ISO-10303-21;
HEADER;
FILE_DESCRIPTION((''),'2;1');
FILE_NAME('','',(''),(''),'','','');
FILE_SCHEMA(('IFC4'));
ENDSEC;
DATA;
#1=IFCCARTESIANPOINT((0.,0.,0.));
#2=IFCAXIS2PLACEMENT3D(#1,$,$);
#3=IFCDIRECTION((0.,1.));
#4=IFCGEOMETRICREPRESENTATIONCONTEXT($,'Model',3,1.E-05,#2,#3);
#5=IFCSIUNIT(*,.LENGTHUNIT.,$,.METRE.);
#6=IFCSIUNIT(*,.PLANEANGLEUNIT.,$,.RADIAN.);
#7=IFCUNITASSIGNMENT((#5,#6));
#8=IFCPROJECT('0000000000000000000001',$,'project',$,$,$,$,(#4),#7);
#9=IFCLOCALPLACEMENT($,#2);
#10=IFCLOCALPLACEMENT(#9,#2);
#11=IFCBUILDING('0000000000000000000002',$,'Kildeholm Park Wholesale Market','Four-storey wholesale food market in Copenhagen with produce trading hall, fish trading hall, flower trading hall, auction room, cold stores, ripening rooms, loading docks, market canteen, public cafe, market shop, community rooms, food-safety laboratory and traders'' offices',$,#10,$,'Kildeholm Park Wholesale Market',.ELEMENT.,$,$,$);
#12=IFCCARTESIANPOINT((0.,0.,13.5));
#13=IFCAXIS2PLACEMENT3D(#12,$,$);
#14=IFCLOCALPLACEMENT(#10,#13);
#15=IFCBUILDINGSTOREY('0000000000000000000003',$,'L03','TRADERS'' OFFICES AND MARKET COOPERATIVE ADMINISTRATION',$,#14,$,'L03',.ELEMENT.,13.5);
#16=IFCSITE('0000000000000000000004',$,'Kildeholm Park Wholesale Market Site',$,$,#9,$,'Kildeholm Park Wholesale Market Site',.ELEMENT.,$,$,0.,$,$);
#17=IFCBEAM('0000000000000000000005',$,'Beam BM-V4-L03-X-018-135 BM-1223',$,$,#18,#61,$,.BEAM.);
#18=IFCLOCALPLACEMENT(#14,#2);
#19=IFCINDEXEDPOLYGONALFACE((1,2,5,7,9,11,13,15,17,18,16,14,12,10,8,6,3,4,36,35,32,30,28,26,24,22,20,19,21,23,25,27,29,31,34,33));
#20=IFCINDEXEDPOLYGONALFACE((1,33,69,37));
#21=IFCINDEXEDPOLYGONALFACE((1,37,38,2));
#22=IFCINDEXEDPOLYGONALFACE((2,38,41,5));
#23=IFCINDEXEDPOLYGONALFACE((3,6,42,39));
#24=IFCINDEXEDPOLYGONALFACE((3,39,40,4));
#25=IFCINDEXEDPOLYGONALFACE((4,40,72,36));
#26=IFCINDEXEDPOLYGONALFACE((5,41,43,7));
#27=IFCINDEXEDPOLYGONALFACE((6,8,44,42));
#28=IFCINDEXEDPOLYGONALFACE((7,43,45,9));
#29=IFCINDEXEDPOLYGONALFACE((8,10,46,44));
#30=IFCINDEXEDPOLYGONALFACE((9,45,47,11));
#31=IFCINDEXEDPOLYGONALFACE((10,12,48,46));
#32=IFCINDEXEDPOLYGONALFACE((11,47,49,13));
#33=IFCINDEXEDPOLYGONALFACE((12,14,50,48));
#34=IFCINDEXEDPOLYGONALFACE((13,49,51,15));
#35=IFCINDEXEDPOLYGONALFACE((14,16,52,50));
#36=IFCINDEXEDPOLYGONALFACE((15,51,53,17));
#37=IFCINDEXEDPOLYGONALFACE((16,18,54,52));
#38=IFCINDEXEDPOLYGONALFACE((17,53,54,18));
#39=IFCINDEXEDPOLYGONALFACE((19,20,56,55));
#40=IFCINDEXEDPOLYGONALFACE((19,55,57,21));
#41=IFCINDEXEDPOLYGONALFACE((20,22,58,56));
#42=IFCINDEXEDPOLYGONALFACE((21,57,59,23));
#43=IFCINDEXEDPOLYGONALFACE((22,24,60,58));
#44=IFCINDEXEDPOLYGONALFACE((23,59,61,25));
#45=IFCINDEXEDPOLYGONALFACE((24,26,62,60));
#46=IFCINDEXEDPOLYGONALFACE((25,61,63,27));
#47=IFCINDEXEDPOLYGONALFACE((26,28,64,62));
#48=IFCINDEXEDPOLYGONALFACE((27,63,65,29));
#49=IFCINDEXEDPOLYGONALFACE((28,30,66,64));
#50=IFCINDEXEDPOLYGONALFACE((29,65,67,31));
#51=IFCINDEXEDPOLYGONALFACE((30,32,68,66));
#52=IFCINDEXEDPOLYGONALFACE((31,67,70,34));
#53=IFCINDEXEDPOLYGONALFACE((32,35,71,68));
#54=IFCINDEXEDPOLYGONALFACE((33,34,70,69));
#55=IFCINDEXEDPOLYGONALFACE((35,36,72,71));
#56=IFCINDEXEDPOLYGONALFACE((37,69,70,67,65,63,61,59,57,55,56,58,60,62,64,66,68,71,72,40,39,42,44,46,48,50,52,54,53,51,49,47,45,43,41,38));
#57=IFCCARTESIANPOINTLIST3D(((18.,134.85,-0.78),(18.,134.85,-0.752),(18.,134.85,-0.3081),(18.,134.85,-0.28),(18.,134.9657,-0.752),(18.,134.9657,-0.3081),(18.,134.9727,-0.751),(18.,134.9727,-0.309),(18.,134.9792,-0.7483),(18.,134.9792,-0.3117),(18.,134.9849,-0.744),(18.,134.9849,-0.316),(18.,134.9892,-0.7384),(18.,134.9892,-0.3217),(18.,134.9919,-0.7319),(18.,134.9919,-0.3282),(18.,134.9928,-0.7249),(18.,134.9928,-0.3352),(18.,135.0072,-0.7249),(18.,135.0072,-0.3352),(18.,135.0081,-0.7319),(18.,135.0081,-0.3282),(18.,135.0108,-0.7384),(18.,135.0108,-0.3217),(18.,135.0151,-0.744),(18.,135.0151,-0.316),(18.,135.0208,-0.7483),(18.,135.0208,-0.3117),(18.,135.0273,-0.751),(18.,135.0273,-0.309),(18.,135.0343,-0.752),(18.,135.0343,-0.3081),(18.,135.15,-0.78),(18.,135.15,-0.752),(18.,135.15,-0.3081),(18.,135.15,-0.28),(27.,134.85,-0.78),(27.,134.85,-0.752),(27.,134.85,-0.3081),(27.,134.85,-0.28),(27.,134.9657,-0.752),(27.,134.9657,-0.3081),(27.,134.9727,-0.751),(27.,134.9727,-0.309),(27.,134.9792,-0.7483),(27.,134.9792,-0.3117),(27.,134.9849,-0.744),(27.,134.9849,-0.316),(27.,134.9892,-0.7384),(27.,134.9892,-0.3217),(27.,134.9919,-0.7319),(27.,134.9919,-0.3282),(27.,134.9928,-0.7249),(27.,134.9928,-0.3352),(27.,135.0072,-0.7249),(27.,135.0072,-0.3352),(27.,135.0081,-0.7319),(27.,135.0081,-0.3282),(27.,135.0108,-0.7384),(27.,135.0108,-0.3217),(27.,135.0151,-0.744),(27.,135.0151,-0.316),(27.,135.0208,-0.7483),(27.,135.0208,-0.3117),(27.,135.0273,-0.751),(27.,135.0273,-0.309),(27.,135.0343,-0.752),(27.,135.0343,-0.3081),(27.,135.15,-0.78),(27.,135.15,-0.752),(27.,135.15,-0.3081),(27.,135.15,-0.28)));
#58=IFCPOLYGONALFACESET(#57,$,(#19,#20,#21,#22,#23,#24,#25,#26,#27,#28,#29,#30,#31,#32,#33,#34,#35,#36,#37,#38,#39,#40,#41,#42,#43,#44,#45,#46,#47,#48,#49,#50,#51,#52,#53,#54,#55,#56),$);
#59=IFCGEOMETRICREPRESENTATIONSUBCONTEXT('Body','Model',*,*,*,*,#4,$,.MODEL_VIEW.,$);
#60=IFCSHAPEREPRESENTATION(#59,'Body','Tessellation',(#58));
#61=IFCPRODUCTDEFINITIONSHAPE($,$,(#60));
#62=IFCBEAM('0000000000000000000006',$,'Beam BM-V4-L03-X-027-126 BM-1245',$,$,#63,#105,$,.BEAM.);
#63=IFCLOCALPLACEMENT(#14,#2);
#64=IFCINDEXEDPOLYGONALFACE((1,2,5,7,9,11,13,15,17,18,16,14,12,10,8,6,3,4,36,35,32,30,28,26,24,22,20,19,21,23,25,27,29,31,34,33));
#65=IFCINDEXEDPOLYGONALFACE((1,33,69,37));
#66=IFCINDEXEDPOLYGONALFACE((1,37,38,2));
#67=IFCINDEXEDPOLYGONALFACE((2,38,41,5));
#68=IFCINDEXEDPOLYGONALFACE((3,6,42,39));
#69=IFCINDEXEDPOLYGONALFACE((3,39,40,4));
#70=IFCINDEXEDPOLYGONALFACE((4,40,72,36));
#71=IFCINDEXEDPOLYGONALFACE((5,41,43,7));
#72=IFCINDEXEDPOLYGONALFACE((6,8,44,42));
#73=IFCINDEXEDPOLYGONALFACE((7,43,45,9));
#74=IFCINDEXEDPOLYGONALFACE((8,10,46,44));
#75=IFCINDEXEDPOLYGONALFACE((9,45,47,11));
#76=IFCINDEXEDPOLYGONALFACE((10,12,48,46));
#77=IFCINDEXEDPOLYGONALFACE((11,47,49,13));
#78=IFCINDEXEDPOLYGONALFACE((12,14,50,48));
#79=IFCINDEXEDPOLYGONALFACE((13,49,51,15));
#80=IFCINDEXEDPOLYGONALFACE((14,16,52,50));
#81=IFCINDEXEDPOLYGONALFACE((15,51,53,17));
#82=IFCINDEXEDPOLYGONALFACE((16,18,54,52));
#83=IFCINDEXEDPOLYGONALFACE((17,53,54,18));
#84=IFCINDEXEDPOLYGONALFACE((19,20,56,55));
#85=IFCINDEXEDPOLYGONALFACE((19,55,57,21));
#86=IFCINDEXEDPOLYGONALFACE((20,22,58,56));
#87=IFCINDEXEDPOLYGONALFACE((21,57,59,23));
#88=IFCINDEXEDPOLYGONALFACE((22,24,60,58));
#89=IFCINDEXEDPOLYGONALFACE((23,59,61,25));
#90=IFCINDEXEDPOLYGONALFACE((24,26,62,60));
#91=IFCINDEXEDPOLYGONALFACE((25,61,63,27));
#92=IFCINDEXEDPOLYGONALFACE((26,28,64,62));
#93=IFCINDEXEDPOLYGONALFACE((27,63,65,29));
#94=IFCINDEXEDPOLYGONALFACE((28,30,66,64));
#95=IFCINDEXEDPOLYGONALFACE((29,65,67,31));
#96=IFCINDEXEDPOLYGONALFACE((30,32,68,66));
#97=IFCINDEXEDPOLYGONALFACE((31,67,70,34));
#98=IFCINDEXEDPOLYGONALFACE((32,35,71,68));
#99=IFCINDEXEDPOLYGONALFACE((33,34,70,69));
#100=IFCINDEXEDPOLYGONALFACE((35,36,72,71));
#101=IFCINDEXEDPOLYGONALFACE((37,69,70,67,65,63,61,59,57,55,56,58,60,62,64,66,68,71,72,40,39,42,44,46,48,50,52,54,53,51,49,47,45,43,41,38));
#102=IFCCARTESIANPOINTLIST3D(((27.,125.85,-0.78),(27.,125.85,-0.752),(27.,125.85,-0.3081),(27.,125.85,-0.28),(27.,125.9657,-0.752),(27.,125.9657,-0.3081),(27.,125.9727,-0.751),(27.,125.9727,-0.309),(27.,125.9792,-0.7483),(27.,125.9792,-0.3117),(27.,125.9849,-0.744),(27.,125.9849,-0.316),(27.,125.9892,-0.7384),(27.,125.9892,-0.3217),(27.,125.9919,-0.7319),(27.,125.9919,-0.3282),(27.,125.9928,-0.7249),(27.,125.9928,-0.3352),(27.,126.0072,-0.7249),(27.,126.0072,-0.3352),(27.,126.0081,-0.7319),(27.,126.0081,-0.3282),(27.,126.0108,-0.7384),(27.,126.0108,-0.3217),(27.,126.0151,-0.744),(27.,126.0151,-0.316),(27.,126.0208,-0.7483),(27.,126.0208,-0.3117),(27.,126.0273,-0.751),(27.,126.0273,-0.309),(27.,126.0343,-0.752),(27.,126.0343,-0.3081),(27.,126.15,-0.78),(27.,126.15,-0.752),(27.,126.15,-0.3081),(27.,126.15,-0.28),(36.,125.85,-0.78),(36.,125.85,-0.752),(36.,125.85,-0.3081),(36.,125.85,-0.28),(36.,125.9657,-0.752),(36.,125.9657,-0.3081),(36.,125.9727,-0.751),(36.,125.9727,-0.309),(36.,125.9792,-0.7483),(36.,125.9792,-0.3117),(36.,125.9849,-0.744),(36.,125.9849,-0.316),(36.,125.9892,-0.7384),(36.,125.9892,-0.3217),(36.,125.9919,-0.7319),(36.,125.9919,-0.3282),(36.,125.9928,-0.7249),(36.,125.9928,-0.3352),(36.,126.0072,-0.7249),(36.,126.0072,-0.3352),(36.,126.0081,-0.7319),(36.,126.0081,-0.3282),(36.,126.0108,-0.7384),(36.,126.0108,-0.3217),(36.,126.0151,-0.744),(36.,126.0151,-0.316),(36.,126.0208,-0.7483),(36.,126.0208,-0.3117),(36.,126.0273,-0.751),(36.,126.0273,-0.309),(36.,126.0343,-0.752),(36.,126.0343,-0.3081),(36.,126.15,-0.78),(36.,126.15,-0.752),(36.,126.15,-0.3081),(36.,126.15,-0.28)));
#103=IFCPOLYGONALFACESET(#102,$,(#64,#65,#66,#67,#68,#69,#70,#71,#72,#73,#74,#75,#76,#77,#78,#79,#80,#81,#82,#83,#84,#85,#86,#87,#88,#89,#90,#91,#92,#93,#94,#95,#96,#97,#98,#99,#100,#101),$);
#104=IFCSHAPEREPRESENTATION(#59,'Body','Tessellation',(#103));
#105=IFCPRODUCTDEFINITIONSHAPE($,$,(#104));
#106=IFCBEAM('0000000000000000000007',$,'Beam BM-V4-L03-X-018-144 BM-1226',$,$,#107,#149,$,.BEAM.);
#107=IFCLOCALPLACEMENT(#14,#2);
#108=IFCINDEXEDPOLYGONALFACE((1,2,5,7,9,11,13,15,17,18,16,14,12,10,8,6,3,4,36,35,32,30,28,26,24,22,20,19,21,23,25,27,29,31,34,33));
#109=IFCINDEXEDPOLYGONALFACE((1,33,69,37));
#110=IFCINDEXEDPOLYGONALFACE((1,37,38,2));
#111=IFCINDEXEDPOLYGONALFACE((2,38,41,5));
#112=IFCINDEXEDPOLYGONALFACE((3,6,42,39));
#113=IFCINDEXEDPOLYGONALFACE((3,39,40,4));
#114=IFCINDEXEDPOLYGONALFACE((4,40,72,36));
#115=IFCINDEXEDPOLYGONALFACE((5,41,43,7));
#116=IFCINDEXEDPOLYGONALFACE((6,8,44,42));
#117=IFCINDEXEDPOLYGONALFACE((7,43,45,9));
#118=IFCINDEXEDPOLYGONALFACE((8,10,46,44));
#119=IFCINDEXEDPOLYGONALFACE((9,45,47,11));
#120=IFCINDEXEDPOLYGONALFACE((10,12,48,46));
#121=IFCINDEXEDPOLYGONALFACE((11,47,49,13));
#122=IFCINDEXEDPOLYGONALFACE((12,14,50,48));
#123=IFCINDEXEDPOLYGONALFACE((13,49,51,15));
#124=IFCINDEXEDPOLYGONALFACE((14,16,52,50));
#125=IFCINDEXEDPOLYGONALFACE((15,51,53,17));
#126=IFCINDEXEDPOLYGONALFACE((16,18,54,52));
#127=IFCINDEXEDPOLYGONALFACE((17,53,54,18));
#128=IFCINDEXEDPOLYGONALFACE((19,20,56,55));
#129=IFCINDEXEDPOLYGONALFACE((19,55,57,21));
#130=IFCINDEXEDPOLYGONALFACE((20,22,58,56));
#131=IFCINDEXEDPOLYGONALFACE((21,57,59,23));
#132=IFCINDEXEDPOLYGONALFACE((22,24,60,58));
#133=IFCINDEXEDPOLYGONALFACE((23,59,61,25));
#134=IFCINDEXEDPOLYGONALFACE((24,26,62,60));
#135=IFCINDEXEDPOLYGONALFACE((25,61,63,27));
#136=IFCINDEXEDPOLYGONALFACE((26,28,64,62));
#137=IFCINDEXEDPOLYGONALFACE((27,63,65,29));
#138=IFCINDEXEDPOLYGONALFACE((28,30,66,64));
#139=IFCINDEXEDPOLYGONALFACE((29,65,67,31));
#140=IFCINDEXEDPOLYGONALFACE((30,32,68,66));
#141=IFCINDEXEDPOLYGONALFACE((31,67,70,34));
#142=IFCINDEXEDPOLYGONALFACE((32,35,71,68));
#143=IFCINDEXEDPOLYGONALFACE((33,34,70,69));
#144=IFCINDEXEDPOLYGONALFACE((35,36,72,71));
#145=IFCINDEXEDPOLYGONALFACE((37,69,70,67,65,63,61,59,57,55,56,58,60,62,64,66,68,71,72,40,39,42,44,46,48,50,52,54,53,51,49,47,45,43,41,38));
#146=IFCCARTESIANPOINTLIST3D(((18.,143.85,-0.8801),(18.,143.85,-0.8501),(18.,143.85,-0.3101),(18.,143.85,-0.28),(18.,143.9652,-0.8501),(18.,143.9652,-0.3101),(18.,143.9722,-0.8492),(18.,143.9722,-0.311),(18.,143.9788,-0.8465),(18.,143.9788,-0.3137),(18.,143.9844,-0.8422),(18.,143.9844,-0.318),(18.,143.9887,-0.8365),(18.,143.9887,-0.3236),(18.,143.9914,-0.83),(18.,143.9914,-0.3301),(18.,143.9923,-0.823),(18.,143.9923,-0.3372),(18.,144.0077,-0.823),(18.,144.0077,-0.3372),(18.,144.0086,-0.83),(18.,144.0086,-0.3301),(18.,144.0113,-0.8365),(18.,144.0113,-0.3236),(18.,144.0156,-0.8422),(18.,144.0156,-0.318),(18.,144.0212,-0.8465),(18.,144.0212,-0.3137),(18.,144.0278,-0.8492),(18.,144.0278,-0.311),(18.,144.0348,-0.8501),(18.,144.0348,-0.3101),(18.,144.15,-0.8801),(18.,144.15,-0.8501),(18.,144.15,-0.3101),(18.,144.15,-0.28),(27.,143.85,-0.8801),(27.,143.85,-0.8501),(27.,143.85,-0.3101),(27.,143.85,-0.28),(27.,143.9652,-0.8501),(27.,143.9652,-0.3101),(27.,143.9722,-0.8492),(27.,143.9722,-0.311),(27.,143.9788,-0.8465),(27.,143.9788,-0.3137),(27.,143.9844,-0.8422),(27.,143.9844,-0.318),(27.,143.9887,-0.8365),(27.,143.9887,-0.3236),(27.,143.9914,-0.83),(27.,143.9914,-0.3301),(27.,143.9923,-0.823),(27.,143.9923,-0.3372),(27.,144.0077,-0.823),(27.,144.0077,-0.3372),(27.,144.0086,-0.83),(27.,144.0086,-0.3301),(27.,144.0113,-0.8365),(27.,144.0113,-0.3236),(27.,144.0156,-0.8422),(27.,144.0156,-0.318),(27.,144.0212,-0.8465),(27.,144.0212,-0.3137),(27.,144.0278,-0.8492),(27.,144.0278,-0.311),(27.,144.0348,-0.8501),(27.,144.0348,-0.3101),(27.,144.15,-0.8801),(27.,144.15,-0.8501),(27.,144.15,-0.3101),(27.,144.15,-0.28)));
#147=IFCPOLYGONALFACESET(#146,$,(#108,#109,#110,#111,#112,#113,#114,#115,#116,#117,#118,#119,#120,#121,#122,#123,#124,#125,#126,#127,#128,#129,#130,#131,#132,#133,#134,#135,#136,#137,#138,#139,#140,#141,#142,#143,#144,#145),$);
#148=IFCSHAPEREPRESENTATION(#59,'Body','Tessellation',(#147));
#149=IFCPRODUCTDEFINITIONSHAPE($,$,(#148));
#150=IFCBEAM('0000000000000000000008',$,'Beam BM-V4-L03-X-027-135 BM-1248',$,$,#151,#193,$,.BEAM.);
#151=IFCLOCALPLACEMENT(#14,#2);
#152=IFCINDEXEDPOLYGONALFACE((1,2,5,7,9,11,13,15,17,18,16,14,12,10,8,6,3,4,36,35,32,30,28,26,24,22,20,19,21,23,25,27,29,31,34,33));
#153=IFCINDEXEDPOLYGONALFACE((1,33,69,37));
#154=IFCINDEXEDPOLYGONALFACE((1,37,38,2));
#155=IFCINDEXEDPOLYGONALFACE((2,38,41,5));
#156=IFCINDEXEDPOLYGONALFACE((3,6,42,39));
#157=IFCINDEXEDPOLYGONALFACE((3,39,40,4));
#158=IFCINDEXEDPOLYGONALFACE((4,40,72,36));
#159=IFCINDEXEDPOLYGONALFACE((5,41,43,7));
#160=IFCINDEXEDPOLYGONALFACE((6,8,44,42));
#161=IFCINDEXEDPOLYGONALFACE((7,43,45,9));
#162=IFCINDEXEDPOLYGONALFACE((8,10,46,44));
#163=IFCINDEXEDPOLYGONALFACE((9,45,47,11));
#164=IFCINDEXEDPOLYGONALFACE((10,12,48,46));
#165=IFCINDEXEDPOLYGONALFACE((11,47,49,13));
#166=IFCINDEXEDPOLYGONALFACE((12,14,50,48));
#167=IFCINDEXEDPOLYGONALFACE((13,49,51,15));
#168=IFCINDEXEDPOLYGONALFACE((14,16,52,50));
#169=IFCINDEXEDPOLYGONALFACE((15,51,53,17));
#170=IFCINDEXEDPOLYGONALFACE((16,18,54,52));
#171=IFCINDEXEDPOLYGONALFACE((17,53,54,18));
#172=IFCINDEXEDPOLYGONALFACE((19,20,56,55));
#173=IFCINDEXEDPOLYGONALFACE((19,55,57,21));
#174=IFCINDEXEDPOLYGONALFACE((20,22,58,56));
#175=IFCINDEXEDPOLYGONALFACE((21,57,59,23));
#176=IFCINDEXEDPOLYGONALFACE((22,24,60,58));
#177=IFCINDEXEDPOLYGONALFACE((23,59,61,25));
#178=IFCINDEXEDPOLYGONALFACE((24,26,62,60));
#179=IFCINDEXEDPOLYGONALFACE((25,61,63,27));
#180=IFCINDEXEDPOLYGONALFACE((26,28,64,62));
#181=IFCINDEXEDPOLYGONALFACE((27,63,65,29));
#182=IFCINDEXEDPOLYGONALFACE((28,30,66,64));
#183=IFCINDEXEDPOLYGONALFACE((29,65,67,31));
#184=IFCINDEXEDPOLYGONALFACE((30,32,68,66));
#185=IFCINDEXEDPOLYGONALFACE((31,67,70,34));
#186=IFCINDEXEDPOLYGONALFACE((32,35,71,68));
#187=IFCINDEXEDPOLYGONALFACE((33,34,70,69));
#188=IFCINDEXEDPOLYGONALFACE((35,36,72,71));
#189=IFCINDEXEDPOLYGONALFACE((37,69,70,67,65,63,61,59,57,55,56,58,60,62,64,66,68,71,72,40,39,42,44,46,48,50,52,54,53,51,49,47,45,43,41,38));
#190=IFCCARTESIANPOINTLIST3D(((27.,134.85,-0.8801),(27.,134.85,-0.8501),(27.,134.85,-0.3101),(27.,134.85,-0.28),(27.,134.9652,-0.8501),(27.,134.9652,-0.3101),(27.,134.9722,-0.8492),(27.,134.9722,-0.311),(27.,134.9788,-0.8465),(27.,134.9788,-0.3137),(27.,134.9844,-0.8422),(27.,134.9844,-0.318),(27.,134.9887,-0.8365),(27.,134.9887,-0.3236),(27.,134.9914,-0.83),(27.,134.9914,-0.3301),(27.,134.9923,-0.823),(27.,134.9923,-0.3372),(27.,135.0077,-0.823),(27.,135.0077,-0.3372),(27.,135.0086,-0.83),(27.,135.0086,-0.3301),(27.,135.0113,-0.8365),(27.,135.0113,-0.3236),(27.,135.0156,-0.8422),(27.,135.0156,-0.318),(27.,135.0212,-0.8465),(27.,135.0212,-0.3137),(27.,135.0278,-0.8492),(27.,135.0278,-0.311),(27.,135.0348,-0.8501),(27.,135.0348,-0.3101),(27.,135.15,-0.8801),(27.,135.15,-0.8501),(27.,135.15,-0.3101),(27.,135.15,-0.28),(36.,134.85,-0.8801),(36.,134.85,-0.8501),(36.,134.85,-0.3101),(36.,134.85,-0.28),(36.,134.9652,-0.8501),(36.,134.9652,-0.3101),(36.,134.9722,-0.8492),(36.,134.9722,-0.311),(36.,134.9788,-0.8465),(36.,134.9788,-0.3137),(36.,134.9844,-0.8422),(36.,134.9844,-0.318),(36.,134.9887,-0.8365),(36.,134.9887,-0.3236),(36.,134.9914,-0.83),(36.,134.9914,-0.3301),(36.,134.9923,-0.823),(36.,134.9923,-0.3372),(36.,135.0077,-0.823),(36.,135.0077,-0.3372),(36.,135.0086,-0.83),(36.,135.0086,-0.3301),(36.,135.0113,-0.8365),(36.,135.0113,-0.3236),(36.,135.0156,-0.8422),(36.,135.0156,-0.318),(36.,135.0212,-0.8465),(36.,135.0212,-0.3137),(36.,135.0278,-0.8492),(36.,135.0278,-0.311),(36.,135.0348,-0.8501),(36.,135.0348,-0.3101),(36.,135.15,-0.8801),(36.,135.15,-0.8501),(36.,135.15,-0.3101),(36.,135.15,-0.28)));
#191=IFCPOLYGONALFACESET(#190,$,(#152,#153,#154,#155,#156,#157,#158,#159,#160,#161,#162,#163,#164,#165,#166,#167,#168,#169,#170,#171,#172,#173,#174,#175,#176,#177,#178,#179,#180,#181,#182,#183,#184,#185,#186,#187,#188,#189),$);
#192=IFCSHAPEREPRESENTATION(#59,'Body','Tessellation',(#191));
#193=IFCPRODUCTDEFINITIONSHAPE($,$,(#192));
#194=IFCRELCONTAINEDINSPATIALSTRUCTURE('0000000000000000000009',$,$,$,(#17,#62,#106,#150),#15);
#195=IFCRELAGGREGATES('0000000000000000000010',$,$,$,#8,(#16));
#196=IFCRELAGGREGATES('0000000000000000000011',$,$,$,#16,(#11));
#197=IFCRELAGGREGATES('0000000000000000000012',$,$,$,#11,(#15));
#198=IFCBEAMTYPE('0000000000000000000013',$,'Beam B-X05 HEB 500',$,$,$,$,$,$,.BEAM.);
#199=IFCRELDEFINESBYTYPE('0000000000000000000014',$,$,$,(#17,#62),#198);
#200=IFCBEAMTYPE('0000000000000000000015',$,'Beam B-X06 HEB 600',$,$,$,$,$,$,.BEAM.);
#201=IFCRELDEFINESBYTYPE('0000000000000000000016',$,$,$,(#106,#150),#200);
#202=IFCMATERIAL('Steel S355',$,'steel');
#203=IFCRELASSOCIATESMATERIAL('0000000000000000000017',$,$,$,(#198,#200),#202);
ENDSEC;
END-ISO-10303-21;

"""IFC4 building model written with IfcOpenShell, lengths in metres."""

from ifc_helpers import new_model, si_unit, direction, frame, origin, origin_2d, place, context, subcontext, project, spatial, i_section, extrude, material, material_profile, profile_set, type_object, element, save


model = new_model("IFC4")

# Units and contexts
model_context = context("Model", 3, precision=1e-05, world=origin(), true_north=direction((0.0, 1.0)))
body_context = subcontext(model_context, "Body", "Model", "MODEL_VIEW")
ifc_project = project(units=[si_unit("LENGTHUNIT", "METRE"), si_unit("PLANEANGLEUNIT", "RADIAN")], contexts=[model_context])

# Site, building, storey
site_placement = place(None, origin())
site = spatial("IfcSite", under=ifc_project, at=site_placement, Name="Kildeholm Park Wholesale Market Site", LongName="Kildeholm Park Wholesale Market Site", CompositionType="ELEMENT", RefElevation=0.0)
building_placement = place(site_placement, origin())
building = spatial("IfcBuilding", under=site, at=building_placement, Name="Kildeholm Park Wholesale Market", Description="Four-storey wholesale food market in Copenhagen with produce trading hall, fish trading hall, flower trading hall, auction room, cold stores, ripening rooms, loading docks, market canteen, public cafe, market shop, community rooms, food-safety laboratory and traders' offices", LongName="Kildeholm Park Wholesale Market", CompositionType="ELEMENT")
storey_placement = place(building_placement, frame((0.0, 0.0, 13.5)))
storey = spatial("IfcBuildingStorey", under=building, at=storey_placement, Name="L03", Description="TRADERS' OFFICES AND MARKET COOPERATIVE ADMINISTRATION", LongName="L03", CompositionType="ELEMENT", Elevation=13.5)

# Beams
ifc_material = material(Name="Steel S355", Category="steel")
ifc_material_profile_1 = material_profile(ifc_material, i_section(OverallWidth=0.3, OverallDepth=0.5, WebThickness=0.0144, FlangeThickness=0.0281, FilletRadius=0.0271, at=origin_2d()), Name="HEB 500")
ifc_profile_set_1 = profile_set([ifc_material_profile_1], Name="Steel S355")
beam_type_1 = type_object("IfcBeamType", Name="Beam B-X05 HEB 500", PredefinedType="BEAM", material=ifc_profile_set_1)
for number, where, z_axis, x_axis, name in (
    (1, (18.0, 135.0, -0.53), (1.0, 0.0, 0.0), (0.0, 1.0, 0.0), "Beam BM-V4-L03-X-018-135 BM-1223"),
    (2, (27.0, 126.0, -0.53), (1.0, 0.0, 0.0), (0.0, 1.0, 0.0), "Beam BM-V4-L03-X-027-126 BM-1245"),
):
    element("IfcBeam", number, at=place(storey_placement, frame(where, z_axis=z_axis, x_axis=x_axis)), inside=storey, type_object=beam_type_1, Name=name, PredefinedType="BEAM", context=body_context, shape_type="SweptSolid", body=[
        extrude(i_section(OverallWidth=0.3, OverallDepth=0.5, WebThickness=0.0144, FlangeThickness=0.0281, FilletRadius=0.0271, at=origin_2d()), origin(), (0.0, 0.0, 1.0), 9.0),
    ])
ifc_material_profile_2 = material_profile(ifc_material, i_section(OverallWidth=0.3, OverallDepth=0.6001, WebThickness=0.0154, FlangeThickness=0.03, FilletRadius=0.0271, at=origin_2d()), Name="HEB 600")
ifc_profile_set_2 = profile_set([ifc_material_profile_2], Name="Steel S355")
beam_type_2 = type_object("IfcBeamType", Name="Beam B-X06 HEB 600", PredefinedType="BEAM", material=ifc_profile_set_2)
for number, where, z_axis, x_axis, name in (
    (3, (18.0, 144.0, -0.5801), (1.0, 0.0, 0.0), (0.0, 1.0, 0.0), "Beam BM-V4-L03-X-018-144 BM-1226"),
    (4, (27.0, 135.0, -0.5801), (1.0, 0.0, 0.0), (0.0, 1.0, 0.0), "Beam BM-V4-L03-X-027-135 BM-1248"),
):
    element("IfcBeam", number, at=place(storey_placement, frame(where, z_axis=z_axis, x_axis=x_axis)), inside=storey, type_object=beam_type_2, Name=name, PredefinedType="BEAM", context=body_context, shape_type="SweptSolid", body=[
        extrude(i_section(OverallWidth=0.3, OverallDepth=0.6001, WebThickness=0.0154, FlangeThickness=0.03, FilletRadius=0.0271, at=origin_2d()), origin(), (0.0, 0.0, 1.0), 9.0),
    ])

save(model, "model.ifc")
